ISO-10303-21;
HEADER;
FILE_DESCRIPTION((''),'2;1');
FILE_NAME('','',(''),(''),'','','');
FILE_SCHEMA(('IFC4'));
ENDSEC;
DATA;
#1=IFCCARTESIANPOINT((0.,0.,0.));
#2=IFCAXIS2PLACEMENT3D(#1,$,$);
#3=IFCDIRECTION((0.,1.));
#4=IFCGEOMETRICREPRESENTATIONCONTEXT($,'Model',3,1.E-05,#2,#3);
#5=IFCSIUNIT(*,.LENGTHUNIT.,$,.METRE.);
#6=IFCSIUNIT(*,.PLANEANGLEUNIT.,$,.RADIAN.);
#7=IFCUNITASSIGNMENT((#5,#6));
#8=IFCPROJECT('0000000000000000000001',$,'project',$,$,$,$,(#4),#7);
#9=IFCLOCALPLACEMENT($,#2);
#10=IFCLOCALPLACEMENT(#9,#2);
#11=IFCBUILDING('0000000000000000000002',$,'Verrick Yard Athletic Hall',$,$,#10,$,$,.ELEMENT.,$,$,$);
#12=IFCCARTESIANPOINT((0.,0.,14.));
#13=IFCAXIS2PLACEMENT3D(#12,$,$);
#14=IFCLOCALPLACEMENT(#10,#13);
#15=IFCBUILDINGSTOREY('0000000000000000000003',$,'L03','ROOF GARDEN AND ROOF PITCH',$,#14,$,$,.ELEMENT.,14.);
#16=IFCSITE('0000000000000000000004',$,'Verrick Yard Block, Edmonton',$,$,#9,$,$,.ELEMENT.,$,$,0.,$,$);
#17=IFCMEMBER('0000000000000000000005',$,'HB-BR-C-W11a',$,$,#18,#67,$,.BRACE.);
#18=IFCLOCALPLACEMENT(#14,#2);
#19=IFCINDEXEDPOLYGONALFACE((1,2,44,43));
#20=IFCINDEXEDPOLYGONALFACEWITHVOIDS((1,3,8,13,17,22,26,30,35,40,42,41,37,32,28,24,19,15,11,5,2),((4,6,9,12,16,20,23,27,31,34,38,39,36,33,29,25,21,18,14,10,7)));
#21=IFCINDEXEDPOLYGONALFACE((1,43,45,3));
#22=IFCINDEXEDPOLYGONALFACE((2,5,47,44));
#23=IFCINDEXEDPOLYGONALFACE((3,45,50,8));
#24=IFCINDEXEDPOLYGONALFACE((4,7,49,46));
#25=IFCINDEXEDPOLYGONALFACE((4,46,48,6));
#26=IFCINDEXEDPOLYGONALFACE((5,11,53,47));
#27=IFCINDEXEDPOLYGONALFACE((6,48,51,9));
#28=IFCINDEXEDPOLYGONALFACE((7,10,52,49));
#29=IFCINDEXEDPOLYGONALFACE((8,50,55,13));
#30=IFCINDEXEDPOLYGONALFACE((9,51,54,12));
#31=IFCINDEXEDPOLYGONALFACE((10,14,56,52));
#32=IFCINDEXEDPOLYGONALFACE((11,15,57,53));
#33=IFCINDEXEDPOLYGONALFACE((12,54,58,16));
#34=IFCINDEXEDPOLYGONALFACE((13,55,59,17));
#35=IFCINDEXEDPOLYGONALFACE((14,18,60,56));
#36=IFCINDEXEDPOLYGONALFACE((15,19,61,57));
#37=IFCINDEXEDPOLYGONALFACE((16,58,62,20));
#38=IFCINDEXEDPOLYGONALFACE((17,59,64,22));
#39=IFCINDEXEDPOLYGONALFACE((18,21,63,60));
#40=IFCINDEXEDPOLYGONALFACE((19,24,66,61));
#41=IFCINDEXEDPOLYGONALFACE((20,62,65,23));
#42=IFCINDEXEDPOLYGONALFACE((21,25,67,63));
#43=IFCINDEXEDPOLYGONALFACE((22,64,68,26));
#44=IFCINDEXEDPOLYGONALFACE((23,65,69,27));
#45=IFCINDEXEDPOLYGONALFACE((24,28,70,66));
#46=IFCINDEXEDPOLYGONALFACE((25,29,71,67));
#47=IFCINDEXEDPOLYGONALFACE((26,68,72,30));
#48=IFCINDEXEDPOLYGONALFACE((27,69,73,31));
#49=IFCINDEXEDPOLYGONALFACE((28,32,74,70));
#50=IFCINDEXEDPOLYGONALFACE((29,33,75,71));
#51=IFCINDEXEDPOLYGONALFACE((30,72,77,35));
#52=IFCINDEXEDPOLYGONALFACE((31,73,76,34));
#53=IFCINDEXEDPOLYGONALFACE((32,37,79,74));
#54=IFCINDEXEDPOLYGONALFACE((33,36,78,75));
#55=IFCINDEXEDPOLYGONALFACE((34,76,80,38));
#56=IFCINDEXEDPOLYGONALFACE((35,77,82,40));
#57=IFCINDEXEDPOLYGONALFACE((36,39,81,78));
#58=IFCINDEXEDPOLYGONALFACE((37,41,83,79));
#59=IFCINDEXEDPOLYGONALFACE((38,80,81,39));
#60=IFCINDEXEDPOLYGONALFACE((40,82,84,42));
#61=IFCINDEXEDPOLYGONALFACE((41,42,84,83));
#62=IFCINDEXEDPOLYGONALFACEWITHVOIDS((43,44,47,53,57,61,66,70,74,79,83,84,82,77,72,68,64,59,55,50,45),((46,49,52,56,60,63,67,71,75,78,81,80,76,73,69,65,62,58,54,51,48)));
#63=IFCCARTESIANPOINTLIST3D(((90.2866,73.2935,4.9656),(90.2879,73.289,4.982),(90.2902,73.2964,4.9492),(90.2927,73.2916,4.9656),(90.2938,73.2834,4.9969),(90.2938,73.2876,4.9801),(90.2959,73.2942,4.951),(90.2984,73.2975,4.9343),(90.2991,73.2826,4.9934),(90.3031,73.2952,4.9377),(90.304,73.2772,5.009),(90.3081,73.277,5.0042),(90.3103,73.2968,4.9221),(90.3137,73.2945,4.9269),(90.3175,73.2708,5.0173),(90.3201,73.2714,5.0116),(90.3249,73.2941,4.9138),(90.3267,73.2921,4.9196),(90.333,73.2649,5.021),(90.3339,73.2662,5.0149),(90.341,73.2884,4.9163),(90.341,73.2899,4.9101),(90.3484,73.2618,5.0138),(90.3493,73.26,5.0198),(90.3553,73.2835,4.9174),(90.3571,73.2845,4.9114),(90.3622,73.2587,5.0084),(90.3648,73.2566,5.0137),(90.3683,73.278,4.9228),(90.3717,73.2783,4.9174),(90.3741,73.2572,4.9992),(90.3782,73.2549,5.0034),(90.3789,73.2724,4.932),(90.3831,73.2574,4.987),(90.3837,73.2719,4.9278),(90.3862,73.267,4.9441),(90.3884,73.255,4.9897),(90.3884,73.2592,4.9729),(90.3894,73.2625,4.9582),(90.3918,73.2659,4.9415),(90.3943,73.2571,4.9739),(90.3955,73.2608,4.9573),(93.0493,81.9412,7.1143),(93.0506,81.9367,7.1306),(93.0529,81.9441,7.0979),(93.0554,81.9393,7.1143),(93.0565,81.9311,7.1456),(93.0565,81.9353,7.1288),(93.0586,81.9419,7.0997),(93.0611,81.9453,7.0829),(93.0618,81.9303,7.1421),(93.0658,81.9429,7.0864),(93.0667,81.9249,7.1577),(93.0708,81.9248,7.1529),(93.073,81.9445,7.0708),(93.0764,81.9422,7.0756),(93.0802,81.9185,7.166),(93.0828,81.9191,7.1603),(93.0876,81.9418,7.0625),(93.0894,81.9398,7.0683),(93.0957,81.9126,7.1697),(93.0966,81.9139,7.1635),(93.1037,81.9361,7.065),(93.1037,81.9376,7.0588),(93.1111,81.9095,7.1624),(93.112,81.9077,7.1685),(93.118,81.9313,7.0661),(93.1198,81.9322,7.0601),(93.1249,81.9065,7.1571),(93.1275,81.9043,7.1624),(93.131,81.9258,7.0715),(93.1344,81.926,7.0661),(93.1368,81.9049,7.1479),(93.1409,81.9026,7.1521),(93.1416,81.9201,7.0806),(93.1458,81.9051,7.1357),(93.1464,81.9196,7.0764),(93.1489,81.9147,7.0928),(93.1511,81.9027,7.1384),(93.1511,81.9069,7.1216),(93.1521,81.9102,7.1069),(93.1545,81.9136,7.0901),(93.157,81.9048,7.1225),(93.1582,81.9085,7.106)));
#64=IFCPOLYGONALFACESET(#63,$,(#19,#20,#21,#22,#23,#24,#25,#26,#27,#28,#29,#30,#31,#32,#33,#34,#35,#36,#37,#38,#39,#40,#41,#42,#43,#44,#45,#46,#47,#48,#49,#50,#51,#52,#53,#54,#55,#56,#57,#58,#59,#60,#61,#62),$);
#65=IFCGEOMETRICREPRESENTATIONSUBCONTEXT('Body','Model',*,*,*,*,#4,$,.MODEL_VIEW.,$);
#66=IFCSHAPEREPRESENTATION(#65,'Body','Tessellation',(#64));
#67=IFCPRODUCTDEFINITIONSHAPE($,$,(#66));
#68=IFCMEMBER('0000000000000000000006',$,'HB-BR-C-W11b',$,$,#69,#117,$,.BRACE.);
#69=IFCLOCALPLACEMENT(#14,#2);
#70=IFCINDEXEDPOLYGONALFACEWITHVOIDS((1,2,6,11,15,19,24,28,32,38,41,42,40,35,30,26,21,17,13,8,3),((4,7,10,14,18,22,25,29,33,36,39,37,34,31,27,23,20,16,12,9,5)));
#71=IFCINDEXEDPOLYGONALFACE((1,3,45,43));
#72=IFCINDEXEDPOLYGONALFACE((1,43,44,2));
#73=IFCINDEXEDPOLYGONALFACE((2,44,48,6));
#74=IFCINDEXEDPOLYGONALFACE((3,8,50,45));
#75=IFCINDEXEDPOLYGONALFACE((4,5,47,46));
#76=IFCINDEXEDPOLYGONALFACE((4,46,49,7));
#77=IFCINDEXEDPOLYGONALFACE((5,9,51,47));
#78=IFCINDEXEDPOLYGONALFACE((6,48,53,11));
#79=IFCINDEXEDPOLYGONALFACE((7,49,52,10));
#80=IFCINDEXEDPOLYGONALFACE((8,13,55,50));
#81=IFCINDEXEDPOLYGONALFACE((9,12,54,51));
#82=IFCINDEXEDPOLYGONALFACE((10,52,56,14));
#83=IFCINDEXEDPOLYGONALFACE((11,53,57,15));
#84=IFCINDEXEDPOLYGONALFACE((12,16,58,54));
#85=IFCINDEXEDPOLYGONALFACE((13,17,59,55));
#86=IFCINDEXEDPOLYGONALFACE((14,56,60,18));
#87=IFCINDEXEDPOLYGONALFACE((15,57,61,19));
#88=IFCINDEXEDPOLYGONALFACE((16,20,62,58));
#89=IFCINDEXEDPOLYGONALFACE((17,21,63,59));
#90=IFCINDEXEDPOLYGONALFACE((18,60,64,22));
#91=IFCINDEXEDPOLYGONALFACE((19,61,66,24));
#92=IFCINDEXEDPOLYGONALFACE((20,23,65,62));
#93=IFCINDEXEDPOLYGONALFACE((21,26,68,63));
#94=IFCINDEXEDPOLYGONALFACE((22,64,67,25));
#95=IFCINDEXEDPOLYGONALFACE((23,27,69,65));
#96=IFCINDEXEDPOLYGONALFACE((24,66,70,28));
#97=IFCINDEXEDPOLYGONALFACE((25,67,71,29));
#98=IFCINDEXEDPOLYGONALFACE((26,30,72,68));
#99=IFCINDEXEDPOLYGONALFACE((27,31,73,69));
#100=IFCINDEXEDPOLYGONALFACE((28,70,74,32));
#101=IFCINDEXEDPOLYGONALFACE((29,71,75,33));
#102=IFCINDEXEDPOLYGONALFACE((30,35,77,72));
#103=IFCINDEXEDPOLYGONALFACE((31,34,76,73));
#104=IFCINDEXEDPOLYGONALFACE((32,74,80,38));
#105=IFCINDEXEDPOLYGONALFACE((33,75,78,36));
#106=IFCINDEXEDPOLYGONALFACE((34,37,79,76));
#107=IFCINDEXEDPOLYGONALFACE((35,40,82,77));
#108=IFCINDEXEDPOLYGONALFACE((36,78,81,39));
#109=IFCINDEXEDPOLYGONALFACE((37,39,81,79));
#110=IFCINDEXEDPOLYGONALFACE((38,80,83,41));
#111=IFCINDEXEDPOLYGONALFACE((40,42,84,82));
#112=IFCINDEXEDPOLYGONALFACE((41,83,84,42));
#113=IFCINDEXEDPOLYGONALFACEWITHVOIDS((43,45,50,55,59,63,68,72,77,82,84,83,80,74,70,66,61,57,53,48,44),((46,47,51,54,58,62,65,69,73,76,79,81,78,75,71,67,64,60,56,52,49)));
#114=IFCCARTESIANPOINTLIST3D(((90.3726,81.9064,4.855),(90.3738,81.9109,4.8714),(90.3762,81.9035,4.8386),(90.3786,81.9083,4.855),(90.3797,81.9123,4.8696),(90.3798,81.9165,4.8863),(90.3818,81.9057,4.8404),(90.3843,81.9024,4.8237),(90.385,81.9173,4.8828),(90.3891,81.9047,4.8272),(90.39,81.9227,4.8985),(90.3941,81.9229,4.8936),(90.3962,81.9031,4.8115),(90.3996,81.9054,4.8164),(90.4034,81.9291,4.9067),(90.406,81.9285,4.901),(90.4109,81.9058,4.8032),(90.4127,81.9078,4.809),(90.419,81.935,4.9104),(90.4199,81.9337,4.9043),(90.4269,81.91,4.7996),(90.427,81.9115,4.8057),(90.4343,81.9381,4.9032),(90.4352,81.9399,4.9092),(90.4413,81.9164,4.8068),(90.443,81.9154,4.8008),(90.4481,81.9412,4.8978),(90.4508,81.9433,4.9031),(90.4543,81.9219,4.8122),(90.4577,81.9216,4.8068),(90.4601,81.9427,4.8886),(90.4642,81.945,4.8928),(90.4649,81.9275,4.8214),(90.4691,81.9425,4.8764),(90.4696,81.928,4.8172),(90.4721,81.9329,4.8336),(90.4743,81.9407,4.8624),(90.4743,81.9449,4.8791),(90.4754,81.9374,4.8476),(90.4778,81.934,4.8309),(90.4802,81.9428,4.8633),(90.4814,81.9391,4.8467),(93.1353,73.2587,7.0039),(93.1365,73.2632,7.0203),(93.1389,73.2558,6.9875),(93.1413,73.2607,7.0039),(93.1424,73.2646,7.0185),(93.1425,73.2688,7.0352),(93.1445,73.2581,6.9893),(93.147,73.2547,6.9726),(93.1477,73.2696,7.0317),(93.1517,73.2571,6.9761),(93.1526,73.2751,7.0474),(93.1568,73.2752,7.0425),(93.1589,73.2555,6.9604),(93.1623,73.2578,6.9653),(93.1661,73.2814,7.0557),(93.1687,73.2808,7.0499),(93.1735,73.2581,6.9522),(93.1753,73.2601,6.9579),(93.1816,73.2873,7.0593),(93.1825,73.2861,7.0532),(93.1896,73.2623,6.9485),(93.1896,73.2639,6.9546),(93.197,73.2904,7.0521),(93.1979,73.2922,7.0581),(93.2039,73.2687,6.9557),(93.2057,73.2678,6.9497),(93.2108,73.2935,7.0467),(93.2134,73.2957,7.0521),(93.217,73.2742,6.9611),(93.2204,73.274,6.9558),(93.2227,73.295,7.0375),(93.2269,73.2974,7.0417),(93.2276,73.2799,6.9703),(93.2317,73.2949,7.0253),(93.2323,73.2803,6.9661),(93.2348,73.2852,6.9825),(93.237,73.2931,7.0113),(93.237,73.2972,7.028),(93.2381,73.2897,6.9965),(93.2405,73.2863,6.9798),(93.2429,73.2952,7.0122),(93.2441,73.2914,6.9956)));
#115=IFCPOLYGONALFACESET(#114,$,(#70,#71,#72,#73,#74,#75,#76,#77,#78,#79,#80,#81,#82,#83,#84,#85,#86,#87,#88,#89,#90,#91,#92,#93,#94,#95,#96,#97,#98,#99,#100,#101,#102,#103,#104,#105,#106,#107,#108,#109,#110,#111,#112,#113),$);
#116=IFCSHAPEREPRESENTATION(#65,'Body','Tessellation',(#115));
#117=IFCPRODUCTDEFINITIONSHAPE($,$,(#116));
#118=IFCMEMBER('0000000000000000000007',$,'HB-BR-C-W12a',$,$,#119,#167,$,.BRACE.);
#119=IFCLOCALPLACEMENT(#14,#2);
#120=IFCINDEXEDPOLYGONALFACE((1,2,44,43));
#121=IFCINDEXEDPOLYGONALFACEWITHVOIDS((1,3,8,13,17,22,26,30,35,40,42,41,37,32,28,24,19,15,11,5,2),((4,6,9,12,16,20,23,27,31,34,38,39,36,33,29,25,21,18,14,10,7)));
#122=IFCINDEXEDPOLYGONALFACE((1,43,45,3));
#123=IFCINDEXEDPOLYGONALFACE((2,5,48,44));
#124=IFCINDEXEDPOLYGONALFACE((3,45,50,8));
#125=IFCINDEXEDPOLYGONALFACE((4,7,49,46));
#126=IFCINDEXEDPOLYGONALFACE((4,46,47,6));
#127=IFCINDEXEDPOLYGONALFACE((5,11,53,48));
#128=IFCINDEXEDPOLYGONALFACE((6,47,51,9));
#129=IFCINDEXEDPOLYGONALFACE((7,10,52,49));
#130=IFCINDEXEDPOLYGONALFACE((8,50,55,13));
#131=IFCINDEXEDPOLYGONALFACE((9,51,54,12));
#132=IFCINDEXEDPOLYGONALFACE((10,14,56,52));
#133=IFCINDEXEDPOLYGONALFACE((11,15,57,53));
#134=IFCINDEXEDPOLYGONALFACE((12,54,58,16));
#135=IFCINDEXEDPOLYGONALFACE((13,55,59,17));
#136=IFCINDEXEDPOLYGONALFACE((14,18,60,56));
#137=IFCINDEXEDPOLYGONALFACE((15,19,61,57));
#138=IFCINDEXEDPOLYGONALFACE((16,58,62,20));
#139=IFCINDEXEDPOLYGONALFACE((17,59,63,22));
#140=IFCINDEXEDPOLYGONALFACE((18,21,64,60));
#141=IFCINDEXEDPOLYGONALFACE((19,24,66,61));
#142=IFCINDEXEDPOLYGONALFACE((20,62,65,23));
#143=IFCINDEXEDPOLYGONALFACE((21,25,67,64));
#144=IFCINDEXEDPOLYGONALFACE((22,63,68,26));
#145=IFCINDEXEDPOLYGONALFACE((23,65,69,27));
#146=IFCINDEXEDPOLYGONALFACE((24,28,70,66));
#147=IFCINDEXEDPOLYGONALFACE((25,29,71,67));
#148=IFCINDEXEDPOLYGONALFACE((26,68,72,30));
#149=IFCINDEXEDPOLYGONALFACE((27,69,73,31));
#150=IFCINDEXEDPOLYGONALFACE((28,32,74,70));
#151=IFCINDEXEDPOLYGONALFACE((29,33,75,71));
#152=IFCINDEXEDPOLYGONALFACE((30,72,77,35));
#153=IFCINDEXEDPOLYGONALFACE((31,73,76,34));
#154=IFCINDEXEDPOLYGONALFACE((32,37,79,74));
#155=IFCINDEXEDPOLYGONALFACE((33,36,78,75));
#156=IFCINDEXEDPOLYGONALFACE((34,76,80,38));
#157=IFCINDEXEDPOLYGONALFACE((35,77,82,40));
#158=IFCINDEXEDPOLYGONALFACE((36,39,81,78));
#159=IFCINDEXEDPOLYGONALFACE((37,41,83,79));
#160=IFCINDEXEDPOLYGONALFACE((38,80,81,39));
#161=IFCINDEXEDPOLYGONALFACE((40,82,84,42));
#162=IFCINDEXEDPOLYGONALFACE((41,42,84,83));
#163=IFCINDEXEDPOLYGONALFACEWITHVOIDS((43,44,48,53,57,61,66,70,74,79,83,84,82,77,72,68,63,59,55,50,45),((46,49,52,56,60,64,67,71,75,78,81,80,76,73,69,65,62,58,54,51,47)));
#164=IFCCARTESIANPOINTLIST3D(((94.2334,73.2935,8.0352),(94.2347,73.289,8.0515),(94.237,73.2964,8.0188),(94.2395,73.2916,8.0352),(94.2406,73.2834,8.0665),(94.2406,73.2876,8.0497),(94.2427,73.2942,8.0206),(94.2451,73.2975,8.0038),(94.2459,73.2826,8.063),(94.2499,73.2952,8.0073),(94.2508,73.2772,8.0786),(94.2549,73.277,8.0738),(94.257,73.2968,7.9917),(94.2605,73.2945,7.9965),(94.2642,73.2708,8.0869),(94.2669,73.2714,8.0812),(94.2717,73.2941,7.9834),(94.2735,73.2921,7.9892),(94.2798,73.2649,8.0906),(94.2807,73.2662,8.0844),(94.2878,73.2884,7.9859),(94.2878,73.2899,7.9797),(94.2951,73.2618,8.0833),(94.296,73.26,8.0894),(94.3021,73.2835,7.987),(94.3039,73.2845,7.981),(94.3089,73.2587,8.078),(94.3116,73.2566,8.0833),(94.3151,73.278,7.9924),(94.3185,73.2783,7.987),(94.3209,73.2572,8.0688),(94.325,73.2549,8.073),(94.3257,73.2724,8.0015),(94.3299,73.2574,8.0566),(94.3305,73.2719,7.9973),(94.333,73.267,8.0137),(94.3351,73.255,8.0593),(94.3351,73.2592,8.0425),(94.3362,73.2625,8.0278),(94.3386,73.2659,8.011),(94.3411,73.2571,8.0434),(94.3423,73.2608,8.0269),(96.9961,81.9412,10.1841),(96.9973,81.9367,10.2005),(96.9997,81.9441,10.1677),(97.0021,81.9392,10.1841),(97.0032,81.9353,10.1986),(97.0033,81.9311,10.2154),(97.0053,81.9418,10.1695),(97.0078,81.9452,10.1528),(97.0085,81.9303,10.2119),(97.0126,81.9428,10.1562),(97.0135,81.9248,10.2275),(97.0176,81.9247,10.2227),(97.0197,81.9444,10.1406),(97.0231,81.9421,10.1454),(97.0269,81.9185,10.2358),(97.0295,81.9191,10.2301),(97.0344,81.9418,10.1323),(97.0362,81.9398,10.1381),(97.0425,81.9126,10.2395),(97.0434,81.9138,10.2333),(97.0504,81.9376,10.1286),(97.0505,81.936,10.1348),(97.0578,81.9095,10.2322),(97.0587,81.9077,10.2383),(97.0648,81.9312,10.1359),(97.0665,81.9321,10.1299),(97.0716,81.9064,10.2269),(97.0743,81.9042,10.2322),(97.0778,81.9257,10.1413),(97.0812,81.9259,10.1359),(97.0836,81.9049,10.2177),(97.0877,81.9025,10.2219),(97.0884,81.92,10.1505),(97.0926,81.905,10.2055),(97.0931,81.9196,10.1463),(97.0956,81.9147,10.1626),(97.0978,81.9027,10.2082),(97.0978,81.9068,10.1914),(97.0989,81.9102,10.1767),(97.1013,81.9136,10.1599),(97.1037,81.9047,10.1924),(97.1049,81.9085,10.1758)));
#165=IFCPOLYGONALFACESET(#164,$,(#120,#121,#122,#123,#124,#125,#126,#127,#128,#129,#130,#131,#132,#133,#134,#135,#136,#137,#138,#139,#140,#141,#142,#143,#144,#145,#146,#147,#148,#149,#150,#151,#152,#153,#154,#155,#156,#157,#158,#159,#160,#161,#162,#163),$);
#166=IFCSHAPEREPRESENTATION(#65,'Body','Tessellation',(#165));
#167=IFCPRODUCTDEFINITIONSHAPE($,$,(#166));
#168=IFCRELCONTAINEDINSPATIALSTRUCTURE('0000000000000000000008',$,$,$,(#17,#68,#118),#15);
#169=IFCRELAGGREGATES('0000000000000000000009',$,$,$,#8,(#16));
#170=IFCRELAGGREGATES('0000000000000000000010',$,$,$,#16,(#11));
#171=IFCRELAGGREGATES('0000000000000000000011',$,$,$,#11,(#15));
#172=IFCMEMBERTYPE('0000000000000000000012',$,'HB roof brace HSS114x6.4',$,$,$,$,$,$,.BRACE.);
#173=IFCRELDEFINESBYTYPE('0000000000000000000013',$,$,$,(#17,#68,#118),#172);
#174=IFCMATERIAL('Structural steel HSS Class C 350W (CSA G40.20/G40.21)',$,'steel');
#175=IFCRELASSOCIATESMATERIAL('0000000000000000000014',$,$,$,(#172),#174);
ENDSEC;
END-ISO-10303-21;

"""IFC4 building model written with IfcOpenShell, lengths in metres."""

from ifc_helpers import new_model, si_unit, direction, frame, origin, origin_2d, place, context, subcontext, project, spatial, hollow_circle, extrude, material, material_profile, profile_set, type_object, element, save


model = new_model("IFC4")

# Units and contexts
model_context = context("Model", 3, precision=1e-05, world=origin(), true_north=direction((0.0, 1.0)))
body_context = subcontext(model_context, "Body", "Model", "MODEL_VIEW")
ifc_project = project(units=[si_unit("LENGTHUNIT", "METRE"), si_unit("PLANEANGLEUNIT", "RADIAN")], contexts=[model_context])

# Site, building, storey
site_placement = place(None, origin())
site = spatial("IfcSite", under=ifc_project, at=site_placement, Name="Verrick Yard Block, Edmonton", CompositionType="ELEMENT", RefElevation=0.0)
building_placement = place(site_placement, origin())
building = spatial("IfcBuilding", under=site, at=building_placement, Name="Verrick Yard Athletic Hall", CompositionType="ELEMENT")
storey_placement = place(building_placement, frame((0.0, 0.0, 14.0)))
storey = spatial("IfcBuildingStorey", under=building, at=storey_placement, Name="L03", Description="ROOF GARDEN AND ROOF PITCH", CompositionType="ELEMENT", Elevation=14.0)

# Shared definitions
ifc_material_1 = material(Name="Structural steel HSS Class C 350W (CSA G40.20/G40.21)", Category="steel")

# Members
ifc_material_profile_1 = material_profile(ifc_material_1, hollow_circle(Radius=0.0571, WallThickness=0.0063, at=origin_2d()), Name="HSS114x6.4")
ifc_profile_set_1 = profile_set([ifc_material_profile_1], Name="Structural steel HSS Class C 350W (CSA G40.20/G40.21)")
member_type_1 = type_object("IfcMemberType", Name="HB roof brace HSS114x6.4", PredefinedType="BRACE", material=ifc_profile_set_1)
for number, where, z_axis, x_axis, name in (
    (1, (90.3411, 73.2761, 4.9656), (0.296137, 0.92696, 0.23032), (-0.95257, 0.304319, 0.0), "HB-BR-C-W11a"),
    (2, (93.1897, 73.2761, 7.0039), (-0.296136, 0.926955, -0.230345), (-0.95257, -0.304319, 0.0), "HB-BR-C-W11b"),
    (3, (94.2878, 73.2761, 8.0352), (0.296136, 0.926955, 0.230345), (-0.95257, 0.304319, 0.0), "HB-BR-C-W12a"),
):
    element("IfcMember", number, at=place(storey_placement, frame(where, z_axis=z_axis, x_axis=x_axis)), inside=storey, type_object=member_type_1, Name=name, PredefinedType="BRACE", context=body_context, shape_type="SweptSolid", body=[
        extrude(hollow_circle(Radius=0.0571, WallThickness=0.0063, at=origin_2d()), origin(), (0.0, 0.0, 1.0), 9.3291),
    ])

save(model, "model.ifc")
